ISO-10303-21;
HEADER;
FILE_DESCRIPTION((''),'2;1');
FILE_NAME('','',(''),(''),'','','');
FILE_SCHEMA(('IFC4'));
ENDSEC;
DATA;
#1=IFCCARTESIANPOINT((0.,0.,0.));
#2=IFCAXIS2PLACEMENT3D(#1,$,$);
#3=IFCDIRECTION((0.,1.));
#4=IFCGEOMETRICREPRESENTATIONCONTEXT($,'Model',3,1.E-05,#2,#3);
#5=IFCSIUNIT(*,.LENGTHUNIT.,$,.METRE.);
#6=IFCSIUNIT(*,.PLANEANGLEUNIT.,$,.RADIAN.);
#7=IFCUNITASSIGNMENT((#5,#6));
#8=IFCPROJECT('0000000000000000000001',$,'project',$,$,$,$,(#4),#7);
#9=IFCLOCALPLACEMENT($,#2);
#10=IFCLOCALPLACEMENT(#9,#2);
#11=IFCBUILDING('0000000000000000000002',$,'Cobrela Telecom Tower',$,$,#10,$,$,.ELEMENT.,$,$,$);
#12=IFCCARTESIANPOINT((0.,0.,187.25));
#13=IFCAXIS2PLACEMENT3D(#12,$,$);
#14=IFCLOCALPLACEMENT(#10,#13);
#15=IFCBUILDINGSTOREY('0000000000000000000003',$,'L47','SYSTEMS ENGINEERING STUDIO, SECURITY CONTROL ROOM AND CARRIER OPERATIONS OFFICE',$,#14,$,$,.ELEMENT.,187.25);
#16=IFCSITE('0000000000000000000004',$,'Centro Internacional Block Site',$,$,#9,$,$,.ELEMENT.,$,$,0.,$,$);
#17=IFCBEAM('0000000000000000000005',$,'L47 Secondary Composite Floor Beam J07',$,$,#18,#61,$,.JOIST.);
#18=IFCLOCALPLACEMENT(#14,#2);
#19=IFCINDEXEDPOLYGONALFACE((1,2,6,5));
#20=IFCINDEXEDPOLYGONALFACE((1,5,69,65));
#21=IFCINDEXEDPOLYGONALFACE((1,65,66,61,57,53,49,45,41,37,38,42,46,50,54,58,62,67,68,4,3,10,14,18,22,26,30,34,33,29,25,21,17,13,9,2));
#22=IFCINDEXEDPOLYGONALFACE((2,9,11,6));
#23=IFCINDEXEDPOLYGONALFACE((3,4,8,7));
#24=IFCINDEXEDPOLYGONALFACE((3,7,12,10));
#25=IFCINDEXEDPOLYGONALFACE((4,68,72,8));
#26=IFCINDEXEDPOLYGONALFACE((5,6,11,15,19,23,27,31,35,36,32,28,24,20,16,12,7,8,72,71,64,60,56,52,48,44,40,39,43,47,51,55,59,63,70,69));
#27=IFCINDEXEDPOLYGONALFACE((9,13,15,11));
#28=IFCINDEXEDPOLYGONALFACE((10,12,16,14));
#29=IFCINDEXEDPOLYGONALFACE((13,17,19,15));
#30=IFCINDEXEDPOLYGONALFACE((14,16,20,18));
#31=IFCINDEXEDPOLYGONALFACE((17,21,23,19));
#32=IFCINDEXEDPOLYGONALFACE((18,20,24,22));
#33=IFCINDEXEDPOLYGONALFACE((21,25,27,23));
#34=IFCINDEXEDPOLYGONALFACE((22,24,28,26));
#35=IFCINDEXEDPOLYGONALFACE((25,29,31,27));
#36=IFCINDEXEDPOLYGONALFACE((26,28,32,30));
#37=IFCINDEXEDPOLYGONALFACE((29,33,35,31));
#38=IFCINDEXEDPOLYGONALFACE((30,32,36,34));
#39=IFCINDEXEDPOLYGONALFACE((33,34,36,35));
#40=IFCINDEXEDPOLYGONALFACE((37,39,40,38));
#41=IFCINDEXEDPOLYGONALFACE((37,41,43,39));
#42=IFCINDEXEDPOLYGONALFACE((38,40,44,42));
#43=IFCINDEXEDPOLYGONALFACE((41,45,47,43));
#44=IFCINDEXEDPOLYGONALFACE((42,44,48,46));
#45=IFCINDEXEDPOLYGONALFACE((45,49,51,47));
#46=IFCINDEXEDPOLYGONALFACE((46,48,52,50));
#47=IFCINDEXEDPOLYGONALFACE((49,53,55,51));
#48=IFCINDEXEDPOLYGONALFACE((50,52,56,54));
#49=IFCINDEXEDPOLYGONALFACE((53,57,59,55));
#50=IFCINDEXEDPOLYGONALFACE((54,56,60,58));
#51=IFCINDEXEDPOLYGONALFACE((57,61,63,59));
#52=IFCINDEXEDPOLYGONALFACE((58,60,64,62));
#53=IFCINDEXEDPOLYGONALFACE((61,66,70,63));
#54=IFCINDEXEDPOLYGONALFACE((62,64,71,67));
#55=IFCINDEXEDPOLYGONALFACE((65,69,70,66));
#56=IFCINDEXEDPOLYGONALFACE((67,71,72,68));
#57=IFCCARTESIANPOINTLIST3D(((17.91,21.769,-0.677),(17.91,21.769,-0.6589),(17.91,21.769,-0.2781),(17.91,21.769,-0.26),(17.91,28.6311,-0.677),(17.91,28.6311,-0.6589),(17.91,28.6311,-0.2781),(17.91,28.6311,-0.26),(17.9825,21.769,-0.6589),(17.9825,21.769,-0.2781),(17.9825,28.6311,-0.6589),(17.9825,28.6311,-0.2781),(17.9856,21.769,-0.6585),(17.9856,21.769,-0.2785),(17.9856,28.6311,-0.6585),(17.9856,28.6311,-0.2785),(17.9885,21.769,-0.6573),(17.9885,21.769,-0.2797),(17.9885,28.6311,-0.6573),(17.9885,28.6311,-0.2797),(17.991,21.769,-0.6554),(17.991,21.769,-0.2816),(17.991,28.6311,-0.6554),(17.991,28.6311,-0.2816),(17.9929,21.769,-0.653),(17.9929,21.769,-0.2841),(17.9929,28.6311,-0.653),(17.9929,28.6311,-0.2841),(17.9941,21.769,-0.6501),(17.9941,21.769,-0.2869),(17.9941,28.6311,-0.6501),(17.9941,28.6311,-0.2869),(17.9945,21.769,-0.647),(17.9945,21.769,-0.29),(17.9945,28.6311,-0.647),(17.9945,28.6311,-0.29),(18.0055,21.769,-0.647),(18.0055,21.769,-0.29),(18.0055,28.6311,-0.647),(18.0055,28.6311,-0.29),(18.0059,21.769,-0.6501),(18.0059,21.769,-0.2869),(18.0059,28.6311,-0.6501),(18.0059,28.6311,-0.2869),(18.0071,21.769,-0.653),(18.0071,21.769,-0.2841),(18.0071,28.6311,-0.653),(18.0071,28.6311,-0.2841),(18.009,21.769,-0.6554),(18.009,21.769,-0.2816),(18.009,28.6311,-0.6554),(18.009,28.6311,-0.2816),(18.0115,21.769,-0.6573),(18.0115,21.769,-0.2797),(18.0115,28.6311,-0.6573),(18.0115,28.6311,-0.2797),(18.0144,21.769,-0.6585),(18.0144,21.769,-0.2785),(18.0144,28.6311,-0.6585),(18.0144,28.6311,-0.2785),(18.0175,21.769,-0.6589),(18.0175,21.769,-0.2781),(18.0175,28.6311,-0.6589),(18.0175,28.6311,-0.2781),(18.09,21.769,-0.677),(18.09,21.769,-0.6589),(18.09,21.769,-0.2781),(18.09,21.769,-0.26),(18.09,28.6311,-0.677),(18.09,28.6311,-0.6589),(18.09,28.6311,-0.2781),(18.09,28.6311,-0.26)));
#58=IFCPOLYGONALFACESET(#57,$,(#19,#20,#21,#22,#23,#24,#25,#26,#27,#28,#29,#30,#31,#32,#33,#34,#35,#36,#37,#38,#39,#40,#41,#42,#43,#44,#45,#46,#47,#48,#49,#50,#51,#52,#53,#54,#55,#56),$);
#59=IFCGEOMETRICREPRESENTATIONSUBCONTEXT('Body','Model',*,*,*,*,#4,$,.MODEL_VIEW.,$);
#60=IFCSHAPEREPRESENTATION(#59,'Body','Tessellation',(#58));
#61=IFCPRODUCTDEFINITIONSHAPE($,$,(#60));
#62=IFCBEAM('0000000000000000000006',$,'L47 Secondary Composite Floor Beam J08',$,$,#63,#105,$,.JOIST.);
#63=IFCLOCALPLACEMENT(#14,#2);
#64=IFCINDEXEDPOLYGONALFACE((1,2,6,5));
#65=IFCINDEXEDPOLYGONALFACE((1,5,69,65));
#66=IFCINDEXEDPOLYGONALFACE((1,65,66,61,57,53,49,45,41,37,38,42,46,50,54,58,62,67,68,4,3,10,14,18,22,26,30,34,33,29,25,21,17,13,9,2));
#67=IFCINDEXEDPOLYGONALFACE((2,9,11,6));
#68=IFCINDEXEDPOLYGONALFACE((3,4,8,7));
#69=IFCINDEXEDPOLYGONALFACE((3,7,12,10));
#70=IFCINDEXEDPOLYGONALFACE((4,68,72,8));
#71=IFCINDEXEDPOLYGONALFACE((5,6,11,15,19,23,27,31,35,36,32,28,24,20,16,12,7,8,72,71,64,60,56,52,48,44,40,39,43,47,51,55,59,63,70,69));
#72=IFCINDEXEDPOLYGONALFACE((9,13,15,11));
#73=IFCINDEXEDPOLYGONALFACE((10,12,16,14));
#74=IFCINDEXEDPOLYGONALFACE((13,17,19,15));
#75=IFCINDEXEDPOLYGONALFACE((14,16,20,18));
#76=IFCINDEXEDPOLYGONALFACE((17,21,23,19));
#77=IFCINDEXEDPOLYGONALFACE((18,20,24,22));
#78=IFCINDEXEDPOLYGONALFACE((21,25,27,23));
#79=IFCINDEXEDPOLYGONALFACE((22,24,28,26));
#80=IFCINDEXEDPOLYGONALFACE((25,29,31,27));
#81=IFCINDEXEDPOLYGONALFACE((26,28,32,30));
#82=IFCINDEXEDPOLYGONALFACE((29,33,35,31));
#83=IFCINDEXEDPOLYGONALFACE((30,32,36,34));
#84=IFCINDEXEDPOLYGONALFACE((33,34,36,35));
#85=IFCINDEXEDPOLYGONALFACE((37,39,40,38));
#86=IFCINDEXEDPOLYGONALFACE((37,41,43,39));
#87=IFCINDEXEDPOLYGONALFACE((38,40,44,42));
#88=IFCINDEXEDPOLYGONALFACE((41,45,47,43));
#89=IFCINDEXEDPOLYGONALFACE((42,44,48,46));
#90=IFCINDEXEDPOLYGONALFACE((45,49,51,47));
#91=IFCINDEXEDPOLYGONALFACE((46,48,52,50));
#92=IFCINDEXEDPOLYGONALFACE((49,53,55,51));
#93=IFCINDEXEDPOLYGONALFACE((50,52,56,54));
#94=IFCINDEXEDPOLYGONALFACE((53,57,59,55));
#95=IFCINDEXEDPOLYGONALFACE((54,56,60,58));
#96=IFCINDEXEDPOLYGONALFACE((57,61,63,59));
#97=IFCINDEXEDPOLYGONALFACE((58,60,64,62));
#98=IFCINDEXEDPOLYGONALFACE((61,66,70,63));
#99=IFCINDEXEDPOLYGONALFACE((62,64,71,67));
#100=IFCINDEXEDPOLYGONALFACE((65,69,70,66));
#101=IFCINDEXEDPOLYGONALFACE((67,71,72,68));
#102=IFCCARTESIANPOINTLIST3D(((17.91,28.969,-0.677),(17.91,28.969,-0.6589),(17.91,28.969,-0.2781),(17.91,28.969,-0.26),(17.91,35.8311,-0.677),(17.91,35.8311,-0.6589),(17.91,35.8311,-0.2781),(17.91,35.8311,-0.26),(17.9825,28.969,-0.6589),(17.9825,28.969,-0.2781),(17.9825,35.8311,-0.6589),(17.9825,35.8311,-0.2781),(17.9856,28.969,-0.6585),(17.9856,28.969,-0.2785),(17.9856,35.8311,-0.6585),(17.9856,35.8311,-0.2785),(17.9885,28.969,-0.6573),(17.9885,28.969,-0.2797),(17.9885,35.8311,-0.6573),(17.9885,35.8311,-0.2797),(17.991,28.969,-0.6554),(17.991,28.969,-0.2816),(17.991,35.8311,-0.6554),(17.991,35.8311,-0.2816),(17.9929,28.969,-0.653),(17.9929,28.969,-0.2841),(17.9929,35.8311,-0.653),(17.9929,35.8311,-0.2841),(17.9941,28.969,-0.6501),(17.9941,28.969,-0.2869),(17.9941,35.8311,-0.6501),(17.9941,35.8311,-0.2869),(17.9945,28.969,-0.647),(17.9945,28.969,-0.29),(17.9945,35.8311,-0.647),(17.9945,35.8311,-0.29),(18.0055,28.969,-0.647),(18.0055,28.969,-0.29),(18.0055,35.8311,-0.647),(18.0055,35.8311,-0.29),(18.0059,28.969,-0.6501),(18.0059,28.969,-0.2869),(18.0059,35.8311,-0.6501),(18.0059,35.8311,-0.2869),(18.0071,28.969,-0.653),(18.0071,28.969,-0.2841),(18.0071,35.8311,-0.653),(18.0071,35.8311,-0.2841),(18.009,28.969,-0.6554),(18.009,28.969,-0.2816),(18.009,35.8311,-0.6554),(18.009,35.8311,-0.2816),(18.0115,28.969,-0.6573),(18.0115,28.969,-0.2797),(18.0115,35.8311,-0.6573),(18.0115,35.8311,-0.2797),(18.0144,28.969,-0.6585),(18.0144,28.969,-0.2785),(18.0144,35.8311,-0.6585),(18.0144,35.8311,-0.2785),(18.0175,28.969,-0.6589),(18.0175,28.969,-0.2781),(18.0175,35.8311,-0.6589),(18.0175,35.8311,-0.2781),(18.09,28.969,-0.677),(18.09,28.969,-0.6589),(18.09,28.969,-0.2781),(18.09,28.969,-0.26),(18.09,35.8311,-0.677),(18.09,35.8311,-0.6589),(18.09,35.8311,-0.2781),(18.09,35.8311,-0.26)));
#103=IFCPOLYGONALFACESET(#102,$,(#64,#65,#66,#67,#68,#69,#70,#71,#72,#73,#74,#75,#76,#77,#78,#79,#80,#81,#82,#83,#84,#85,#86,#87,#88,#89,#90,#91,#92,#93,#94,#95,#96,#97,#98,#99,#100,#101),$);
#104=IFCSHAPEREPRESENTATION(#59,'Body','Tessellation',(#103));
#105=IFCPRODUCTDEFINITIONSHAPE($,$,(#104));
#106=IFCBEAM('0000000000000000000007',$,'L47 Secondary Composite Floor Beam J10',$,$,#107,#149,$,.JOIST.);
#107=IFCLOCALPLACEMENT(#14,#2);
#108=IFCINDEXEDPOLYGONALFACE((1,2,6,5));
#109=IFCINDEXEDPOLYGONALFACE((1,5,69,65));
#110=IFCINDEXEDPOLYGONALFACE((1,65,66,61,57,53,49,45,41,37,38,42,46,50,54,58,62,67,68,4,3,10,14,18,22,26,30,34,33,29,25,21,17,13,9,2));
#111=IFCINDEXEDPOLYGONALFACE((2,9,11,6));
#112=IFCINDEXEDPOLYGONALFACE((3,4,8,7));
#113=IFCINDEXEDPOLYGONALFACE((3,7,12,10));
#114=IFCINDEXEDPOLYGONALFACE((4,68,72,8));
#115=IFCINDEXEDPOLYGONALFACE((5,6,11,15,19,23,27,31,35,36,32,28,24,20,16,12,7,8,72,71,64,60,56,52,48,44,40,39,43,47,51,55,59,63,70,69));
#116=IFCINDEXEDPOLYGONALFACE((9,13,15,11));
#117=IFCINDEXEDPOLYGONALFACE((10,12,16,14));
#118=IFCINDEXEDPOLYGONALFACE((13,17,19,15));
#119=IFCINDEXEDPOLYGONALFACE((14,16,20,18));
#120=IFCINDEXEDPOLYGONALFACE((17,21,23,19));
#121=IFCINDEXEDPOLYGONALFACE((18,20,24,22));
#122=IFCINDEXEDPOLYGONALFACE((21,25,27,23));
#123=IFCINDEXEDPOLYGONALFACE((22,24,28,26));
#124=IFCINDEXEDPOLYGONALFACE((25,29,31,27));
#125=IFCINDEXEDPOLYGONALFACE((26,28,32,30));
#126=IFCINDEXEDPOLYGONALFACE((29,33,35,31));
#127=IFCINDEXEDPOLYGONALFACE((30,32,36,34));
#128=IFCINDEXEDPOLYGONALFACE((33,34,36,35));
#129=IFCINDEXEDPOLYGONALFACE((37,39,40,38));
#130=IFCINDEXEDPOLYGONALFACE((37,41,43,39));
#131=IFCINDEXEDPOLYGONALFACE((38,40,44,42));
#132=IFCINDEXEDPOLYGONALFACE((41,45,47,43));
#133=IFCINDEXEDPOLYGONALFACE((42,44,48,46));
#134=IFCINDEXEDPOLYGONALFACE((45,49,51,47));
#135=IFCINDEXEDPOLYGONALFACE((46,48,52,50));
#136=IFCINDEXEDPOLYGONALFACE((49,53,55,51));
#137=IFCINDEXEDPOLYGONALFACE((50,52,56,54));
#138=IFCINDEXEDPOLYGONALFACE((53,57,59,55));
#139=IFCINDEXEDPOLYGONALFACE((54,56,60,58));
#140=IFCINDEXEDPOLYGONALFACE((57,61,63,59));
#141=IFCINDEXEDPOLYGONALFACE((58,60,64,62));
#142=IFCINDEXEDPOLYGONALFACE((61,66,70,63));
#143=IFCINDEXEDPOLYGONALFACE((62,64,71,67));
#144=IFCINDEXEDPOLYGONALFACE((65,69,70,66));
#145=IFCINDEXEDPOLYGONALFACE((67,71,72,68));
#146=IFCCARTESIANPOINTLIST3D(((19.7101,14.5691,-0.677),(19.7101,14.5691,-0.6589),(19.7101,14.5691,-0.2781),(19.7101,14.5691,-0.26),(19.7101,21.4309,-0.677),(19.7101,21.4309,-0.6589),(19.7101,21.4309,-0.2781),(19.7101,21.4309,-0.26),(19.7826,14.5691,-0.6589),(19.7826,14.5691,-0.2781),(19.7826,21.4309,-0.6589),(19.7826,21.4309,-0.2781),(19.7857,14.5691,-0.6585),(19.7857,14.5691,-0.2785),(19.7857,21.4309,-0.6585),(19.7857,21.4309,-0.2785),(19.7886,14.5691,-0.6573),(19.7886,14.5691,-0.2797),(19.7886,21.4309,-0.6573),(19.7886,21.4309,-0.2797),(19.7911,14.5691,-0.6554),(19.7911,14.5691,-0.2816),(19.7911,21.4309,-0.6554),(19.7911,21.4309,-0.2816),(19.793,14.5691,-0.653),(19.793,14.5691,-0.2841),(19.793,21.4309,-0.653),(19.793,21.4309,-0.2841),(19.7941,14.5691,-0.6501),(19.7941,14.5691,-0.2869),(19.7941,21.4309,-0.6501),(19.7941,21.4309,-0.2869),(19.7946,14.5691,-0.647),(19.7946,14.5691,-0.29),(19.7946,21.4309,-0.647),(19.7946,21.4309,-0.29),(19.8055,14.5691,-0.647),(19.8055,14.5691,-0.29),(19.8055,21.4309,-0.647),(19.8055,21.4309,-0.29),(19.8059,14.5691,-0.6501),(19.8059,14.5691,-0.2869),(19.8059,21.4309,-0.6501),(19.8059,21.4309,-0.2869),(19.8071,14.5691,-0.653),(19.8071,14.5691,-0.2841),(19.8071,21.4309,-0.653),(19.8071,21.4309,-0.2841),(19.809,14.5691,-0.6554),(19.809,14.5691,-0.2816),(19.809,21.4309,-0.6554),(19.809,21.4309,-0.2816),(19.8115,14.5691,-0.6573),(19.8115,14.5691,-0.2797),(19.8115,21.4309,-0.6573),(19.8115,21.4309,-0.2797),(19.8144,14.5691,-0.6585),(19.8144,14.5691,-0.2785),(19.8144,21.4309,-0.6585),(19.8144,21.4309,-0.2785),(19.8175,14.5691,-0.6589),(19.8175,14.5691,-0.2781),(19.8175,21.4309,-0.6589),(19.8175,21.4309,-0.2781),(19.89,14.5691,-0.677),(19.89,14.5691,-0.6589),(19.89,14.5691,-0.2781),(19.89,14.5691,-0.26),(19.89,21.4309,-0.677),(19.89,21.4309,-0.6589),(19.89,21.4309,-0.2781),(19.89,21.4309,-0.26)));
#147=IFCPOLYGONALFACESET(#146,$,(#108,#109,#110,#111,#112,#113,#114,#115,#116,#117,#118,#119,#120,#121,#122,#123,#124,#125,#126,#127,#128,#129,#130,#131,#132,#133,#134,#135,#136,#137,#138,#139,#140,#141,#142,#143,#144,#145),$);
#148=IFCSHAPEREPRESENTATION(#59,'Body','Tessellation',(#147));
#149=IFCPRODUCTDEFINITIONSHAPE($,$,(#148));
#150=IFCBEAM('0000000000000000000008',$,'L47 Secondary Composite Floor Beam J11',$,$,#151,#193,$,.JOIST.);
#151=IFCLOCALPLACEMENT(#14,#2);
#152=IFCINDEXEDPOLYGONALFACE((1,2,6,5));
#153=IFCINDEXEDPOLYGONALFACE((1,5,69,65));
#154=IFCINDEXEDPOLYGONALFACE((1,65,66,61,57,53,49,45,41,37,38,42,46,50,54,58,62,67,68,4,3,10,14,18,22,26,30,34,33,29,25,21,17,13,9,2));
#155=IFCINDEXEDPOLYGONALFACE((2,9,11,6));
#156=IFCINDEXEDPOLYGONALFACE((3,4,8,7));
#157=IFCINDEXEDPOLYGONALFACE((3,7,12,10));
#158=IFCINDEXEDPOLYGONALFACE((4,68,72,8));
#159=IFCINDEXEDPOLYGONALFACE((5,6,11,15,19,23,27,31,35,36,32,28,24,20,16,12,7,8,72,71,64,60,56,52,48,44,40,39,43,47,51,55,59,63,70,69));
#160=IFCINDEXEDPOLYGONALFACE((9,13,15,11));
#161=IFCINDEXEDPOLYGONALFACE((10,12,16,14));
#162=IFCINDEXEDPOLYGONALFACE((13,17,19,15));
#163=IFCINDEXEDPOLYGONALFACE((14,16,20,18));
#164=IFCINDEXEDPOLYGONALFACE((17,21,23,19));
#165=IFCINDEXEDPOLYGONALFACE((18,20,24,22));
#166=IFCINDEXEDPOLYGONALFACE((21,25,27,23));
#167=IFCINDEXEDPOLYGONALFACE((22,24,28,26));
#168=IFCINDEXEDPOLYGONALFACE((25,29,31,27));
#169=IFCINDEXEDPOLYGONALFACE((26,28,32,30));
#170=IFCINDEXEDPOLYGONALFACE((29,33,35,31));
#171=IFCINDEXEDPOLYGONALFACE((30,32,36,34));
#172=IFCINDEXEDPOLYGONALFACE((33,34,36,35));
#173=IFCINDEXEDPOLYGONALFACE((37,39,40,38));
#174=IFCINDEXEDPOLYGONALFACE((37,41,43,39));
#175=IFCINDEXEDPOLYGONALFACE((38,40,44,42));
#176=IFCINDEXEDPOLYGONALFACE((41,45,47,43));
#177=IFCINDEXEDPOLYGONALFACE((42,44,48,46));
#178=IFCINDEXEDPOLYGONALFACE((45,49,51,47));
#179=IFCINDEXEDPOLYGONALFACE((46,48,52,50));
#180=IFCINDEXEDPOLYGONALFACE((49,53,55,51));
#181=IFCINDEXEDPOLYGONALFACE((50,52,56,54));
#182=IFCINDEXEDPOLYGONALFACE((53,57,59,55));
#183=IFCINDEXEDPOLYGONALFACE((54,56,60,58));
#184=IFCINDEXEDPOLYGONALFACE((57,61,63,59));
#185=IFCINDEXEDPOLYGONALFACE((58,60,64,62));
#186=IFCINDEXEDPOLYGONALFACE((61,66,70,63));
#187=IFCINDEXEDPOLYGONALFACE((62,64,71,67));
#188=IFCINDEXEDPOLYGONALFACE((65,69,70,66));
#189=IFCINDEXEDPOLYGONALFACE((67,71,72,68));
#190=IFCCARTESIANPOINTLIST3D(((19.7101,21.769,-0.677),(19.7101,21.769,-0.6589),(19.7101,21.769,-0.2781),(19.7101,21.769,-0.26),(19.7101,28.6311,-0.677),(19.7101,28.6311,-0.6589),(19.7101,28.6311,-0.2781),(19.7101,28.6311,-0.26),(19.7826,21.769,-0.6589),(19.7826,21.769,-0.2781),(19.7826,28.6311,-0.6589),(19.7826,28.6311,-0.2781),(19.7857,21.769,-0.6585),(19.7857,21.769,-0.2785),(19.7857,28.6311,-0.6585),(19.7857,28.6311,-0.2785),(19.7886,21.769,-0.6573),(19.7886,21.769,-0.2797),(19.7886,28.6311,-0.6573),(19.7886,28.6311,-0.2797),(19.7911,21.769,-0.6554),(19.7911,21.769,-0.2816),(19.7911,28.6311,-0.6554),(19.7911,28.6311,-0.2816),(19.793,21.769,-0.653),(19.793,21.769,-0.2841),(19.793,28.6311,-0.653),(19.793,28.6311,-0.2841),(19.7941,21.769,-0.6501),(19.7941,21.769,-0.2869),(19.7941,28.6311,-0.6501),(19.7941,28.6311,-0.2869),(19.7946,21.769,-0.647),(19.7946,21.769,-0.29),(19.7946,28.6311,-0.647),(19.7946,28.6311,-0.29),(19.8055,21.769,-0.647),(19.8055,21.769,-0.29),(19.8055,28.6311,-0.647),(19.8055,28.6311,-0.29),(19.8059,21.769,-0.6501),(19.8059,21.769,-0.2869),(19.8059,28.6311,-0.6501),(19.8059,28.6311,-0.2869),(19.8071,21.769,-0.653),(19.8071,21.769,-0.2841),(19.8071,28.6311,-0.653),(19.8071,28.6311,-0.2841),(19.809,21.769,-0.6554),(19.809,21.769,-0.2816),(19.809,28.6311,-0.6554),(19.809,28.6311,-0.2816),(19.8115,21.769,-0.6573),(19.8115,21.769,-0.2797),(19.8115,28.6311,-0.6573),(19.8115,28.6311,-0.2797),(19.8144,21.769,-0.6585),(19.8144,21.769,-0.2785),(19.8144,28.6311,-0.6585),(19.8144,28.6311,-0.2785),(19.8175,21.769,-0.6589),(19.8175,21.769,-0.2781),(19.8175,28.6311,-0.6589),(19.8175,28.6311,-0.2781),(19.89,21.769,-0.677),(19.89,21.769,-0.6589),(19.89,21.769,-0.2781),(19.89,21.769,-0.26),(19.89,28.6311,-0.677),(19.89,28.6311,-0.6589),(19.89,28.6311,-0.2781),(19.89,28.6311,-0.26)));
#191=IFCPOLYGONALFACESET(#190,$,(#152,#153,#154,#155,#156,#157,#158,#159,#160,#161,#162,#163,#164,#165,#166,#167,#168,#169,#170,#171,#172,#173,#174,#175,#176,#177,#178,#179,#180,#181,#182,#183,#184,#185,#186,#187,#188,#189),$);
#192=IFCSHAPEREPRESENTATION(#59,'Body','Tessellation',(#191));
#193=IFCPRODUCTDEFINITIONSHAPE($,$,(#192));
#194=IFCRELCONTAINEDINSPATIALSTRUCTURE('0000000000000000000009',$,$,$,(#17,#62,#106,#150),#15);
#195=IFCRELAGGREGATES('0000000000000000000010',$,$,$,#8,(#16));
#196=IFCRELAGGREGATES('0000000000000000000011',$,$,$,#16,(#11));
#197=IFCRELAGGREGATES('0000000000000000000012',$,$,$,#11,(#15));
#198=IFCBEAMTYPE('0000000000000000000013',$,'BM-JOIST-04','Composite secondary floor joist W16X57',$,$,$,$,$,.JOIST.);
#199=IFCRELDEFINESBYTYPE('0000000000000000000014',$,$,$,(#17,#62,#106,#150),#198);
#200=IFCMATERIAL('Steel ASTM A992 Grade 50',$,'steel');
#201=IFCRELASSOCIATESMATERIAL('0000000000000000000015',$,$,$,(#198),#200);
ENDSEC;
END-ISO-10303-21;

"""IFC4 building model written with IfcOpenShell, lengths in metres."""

from ifc_helpers import new_model, si_unit, direction, frame, origin, origin_2d, place, context, subcontext, project, spatial, i_section, extrude, material, material_profile, profile_set, type_object, element, save


model = new_model("IFC4")

# Units and contexts
model_context = context("Model", 3, precision=1e-05, world=origin(), true_north=direction((0.0, 1.0)))
body_context = subcontext(model_context, "Body", "Model", "MODEL_VIEW")
ifc_project = project(units=[si_unit("LENGTHUNIT", "METRE"), si_unit("PLANEANGLEUNIT", "RADIAN")], contexts=[model_context])

# Site, building, storey
site_placement = place(None, origin())
site = spatial("IfcSite", under=ifc_project, at=site_placement, Name="Centro Internacional Block Site", CompositionType="ELEMENT", RefElevation=0.0)
building_placement = place(site_placement, origin())
building = spatial("IfcBuilding", under=site, at=building_placement, Name="Cobrela Telecom Tower", CompositionType="ELEMENT")
storey_placement = place(building_placement, frame((0.0, 0.0, 187.25)))
storey = spatial("IfcBuildingStorey", under=building, at=storey_placement, Name="L47", Description="SYSTEMS ENGINEERING STUDIO, SECURITY CONTROL ROOM AND CARRIER OPERATIONS OFFICE", CompositionType="ELEMENT", Elevation=187.25)

# Shared definitions
ifc_material_1 = material(Name="Steel ASTM A992 Grade 50", Category="steel")

# Beams
ifc_material_profile_1 = material_profile(ifc_material_1, i_section(OverallWidth=0.1799, OverallDepth=0.417, WebThickness=0.011, FlangeThickness=0.0181, FilletRadius=0.012, at=origin_2d()), Name="W16X57")
ifc_profile_set_1 = profile_set([ifc_material_profile_1], Name="Steel ASTM A992 Grade 50")
beam_type_1 = type_object("IfcBeamType", Name="BM-JOIST-04", Description="Composite secondary floor joist W16X57", PredefinedType="JOIST", material=ifc_profile_set_1)
for number, where, z_axis, x_axis, name in (
    (1, (18.0, 21.769, -0.4685), (0.0, 1.0, 0.0), (-1.0, 0.0, 0.0), "L47 Secondary Composite Floor Beam J07"),
    (2, (18.0, 28.969, -0.4685), (0.0, 1.0, 0.0), (-1.0, 0.0, 0.0), "L47 Secondary Composite Floor Beam J08"),
):
    element("IfcBeam", number, at=place(storey_placement, frame(where, z_axis=z_axis, x_axis=x_axis)), inside=storey, type_object=beam_type_1, Name=name, PredefinedType="JOIST", context=body_context, shape_type="SweptSolid", body=[
        extrude(i_section(OverallWidth=0.1799, OverallDepth=0.417, WebThickness=0.011, FlangeThickness=0.0181, FilletRadius=0.012, at=origin_2d()), origin(), (0.0, 0.0, 1.0), 6.8621),
    ])
beam_1_placement = place(storey_placement, frame((19.8, 14.5691, -0.4685), z_axis=(0.0, 1.0, 0.0), x_axis=(-1.0, 0.0, 0.0)))
element("IfcBeam", 3, at=beam_1_placement, inside=storey, type_object=beam_type_1, Name="L47 Secondary Composite Floor Beam J10", PredefinedType="JOIST", context=body_context, shape_type="SweptSolid", body=[
    extrude(i_section(OverallWidth=0.1799, OverallDepth=0.417, WebThickness=0.011, FlangeThickness=0.0181, FilletRadius=0.012, at=origin_2d()), origin(), (0.0, 0.0, 1.0), 6.8618),
])
for number, where, z_axis, x_axis, name in (
    (4, (19.8, 21.769, -0.4685), (0.0, 1.0, 0.0), (-1.0, 0.0, 0.0), "L47 Secondary Composite Floor Beam J11"),
):
    element("IfcBeam", number, at=place(storey_placement, frame(where, z_axis=z_axis, x_axis=x_axis)), inside=storey, type_object=beam_type_1, Name=name, PredefinedType="JOIST", context=body_context, shape_type="SweptSolid", body=[
        extrude(i_section(OverallWidth=0.1799, OverallDepth=0.417, WebThickness=0.011, FlangeThickness=0.0181, FilletRadius=0.012, at=origin_2d()), origin(), (0.0, 0.0, 1.0), 6.8621),
    ])

save(model, "model.ifc")
